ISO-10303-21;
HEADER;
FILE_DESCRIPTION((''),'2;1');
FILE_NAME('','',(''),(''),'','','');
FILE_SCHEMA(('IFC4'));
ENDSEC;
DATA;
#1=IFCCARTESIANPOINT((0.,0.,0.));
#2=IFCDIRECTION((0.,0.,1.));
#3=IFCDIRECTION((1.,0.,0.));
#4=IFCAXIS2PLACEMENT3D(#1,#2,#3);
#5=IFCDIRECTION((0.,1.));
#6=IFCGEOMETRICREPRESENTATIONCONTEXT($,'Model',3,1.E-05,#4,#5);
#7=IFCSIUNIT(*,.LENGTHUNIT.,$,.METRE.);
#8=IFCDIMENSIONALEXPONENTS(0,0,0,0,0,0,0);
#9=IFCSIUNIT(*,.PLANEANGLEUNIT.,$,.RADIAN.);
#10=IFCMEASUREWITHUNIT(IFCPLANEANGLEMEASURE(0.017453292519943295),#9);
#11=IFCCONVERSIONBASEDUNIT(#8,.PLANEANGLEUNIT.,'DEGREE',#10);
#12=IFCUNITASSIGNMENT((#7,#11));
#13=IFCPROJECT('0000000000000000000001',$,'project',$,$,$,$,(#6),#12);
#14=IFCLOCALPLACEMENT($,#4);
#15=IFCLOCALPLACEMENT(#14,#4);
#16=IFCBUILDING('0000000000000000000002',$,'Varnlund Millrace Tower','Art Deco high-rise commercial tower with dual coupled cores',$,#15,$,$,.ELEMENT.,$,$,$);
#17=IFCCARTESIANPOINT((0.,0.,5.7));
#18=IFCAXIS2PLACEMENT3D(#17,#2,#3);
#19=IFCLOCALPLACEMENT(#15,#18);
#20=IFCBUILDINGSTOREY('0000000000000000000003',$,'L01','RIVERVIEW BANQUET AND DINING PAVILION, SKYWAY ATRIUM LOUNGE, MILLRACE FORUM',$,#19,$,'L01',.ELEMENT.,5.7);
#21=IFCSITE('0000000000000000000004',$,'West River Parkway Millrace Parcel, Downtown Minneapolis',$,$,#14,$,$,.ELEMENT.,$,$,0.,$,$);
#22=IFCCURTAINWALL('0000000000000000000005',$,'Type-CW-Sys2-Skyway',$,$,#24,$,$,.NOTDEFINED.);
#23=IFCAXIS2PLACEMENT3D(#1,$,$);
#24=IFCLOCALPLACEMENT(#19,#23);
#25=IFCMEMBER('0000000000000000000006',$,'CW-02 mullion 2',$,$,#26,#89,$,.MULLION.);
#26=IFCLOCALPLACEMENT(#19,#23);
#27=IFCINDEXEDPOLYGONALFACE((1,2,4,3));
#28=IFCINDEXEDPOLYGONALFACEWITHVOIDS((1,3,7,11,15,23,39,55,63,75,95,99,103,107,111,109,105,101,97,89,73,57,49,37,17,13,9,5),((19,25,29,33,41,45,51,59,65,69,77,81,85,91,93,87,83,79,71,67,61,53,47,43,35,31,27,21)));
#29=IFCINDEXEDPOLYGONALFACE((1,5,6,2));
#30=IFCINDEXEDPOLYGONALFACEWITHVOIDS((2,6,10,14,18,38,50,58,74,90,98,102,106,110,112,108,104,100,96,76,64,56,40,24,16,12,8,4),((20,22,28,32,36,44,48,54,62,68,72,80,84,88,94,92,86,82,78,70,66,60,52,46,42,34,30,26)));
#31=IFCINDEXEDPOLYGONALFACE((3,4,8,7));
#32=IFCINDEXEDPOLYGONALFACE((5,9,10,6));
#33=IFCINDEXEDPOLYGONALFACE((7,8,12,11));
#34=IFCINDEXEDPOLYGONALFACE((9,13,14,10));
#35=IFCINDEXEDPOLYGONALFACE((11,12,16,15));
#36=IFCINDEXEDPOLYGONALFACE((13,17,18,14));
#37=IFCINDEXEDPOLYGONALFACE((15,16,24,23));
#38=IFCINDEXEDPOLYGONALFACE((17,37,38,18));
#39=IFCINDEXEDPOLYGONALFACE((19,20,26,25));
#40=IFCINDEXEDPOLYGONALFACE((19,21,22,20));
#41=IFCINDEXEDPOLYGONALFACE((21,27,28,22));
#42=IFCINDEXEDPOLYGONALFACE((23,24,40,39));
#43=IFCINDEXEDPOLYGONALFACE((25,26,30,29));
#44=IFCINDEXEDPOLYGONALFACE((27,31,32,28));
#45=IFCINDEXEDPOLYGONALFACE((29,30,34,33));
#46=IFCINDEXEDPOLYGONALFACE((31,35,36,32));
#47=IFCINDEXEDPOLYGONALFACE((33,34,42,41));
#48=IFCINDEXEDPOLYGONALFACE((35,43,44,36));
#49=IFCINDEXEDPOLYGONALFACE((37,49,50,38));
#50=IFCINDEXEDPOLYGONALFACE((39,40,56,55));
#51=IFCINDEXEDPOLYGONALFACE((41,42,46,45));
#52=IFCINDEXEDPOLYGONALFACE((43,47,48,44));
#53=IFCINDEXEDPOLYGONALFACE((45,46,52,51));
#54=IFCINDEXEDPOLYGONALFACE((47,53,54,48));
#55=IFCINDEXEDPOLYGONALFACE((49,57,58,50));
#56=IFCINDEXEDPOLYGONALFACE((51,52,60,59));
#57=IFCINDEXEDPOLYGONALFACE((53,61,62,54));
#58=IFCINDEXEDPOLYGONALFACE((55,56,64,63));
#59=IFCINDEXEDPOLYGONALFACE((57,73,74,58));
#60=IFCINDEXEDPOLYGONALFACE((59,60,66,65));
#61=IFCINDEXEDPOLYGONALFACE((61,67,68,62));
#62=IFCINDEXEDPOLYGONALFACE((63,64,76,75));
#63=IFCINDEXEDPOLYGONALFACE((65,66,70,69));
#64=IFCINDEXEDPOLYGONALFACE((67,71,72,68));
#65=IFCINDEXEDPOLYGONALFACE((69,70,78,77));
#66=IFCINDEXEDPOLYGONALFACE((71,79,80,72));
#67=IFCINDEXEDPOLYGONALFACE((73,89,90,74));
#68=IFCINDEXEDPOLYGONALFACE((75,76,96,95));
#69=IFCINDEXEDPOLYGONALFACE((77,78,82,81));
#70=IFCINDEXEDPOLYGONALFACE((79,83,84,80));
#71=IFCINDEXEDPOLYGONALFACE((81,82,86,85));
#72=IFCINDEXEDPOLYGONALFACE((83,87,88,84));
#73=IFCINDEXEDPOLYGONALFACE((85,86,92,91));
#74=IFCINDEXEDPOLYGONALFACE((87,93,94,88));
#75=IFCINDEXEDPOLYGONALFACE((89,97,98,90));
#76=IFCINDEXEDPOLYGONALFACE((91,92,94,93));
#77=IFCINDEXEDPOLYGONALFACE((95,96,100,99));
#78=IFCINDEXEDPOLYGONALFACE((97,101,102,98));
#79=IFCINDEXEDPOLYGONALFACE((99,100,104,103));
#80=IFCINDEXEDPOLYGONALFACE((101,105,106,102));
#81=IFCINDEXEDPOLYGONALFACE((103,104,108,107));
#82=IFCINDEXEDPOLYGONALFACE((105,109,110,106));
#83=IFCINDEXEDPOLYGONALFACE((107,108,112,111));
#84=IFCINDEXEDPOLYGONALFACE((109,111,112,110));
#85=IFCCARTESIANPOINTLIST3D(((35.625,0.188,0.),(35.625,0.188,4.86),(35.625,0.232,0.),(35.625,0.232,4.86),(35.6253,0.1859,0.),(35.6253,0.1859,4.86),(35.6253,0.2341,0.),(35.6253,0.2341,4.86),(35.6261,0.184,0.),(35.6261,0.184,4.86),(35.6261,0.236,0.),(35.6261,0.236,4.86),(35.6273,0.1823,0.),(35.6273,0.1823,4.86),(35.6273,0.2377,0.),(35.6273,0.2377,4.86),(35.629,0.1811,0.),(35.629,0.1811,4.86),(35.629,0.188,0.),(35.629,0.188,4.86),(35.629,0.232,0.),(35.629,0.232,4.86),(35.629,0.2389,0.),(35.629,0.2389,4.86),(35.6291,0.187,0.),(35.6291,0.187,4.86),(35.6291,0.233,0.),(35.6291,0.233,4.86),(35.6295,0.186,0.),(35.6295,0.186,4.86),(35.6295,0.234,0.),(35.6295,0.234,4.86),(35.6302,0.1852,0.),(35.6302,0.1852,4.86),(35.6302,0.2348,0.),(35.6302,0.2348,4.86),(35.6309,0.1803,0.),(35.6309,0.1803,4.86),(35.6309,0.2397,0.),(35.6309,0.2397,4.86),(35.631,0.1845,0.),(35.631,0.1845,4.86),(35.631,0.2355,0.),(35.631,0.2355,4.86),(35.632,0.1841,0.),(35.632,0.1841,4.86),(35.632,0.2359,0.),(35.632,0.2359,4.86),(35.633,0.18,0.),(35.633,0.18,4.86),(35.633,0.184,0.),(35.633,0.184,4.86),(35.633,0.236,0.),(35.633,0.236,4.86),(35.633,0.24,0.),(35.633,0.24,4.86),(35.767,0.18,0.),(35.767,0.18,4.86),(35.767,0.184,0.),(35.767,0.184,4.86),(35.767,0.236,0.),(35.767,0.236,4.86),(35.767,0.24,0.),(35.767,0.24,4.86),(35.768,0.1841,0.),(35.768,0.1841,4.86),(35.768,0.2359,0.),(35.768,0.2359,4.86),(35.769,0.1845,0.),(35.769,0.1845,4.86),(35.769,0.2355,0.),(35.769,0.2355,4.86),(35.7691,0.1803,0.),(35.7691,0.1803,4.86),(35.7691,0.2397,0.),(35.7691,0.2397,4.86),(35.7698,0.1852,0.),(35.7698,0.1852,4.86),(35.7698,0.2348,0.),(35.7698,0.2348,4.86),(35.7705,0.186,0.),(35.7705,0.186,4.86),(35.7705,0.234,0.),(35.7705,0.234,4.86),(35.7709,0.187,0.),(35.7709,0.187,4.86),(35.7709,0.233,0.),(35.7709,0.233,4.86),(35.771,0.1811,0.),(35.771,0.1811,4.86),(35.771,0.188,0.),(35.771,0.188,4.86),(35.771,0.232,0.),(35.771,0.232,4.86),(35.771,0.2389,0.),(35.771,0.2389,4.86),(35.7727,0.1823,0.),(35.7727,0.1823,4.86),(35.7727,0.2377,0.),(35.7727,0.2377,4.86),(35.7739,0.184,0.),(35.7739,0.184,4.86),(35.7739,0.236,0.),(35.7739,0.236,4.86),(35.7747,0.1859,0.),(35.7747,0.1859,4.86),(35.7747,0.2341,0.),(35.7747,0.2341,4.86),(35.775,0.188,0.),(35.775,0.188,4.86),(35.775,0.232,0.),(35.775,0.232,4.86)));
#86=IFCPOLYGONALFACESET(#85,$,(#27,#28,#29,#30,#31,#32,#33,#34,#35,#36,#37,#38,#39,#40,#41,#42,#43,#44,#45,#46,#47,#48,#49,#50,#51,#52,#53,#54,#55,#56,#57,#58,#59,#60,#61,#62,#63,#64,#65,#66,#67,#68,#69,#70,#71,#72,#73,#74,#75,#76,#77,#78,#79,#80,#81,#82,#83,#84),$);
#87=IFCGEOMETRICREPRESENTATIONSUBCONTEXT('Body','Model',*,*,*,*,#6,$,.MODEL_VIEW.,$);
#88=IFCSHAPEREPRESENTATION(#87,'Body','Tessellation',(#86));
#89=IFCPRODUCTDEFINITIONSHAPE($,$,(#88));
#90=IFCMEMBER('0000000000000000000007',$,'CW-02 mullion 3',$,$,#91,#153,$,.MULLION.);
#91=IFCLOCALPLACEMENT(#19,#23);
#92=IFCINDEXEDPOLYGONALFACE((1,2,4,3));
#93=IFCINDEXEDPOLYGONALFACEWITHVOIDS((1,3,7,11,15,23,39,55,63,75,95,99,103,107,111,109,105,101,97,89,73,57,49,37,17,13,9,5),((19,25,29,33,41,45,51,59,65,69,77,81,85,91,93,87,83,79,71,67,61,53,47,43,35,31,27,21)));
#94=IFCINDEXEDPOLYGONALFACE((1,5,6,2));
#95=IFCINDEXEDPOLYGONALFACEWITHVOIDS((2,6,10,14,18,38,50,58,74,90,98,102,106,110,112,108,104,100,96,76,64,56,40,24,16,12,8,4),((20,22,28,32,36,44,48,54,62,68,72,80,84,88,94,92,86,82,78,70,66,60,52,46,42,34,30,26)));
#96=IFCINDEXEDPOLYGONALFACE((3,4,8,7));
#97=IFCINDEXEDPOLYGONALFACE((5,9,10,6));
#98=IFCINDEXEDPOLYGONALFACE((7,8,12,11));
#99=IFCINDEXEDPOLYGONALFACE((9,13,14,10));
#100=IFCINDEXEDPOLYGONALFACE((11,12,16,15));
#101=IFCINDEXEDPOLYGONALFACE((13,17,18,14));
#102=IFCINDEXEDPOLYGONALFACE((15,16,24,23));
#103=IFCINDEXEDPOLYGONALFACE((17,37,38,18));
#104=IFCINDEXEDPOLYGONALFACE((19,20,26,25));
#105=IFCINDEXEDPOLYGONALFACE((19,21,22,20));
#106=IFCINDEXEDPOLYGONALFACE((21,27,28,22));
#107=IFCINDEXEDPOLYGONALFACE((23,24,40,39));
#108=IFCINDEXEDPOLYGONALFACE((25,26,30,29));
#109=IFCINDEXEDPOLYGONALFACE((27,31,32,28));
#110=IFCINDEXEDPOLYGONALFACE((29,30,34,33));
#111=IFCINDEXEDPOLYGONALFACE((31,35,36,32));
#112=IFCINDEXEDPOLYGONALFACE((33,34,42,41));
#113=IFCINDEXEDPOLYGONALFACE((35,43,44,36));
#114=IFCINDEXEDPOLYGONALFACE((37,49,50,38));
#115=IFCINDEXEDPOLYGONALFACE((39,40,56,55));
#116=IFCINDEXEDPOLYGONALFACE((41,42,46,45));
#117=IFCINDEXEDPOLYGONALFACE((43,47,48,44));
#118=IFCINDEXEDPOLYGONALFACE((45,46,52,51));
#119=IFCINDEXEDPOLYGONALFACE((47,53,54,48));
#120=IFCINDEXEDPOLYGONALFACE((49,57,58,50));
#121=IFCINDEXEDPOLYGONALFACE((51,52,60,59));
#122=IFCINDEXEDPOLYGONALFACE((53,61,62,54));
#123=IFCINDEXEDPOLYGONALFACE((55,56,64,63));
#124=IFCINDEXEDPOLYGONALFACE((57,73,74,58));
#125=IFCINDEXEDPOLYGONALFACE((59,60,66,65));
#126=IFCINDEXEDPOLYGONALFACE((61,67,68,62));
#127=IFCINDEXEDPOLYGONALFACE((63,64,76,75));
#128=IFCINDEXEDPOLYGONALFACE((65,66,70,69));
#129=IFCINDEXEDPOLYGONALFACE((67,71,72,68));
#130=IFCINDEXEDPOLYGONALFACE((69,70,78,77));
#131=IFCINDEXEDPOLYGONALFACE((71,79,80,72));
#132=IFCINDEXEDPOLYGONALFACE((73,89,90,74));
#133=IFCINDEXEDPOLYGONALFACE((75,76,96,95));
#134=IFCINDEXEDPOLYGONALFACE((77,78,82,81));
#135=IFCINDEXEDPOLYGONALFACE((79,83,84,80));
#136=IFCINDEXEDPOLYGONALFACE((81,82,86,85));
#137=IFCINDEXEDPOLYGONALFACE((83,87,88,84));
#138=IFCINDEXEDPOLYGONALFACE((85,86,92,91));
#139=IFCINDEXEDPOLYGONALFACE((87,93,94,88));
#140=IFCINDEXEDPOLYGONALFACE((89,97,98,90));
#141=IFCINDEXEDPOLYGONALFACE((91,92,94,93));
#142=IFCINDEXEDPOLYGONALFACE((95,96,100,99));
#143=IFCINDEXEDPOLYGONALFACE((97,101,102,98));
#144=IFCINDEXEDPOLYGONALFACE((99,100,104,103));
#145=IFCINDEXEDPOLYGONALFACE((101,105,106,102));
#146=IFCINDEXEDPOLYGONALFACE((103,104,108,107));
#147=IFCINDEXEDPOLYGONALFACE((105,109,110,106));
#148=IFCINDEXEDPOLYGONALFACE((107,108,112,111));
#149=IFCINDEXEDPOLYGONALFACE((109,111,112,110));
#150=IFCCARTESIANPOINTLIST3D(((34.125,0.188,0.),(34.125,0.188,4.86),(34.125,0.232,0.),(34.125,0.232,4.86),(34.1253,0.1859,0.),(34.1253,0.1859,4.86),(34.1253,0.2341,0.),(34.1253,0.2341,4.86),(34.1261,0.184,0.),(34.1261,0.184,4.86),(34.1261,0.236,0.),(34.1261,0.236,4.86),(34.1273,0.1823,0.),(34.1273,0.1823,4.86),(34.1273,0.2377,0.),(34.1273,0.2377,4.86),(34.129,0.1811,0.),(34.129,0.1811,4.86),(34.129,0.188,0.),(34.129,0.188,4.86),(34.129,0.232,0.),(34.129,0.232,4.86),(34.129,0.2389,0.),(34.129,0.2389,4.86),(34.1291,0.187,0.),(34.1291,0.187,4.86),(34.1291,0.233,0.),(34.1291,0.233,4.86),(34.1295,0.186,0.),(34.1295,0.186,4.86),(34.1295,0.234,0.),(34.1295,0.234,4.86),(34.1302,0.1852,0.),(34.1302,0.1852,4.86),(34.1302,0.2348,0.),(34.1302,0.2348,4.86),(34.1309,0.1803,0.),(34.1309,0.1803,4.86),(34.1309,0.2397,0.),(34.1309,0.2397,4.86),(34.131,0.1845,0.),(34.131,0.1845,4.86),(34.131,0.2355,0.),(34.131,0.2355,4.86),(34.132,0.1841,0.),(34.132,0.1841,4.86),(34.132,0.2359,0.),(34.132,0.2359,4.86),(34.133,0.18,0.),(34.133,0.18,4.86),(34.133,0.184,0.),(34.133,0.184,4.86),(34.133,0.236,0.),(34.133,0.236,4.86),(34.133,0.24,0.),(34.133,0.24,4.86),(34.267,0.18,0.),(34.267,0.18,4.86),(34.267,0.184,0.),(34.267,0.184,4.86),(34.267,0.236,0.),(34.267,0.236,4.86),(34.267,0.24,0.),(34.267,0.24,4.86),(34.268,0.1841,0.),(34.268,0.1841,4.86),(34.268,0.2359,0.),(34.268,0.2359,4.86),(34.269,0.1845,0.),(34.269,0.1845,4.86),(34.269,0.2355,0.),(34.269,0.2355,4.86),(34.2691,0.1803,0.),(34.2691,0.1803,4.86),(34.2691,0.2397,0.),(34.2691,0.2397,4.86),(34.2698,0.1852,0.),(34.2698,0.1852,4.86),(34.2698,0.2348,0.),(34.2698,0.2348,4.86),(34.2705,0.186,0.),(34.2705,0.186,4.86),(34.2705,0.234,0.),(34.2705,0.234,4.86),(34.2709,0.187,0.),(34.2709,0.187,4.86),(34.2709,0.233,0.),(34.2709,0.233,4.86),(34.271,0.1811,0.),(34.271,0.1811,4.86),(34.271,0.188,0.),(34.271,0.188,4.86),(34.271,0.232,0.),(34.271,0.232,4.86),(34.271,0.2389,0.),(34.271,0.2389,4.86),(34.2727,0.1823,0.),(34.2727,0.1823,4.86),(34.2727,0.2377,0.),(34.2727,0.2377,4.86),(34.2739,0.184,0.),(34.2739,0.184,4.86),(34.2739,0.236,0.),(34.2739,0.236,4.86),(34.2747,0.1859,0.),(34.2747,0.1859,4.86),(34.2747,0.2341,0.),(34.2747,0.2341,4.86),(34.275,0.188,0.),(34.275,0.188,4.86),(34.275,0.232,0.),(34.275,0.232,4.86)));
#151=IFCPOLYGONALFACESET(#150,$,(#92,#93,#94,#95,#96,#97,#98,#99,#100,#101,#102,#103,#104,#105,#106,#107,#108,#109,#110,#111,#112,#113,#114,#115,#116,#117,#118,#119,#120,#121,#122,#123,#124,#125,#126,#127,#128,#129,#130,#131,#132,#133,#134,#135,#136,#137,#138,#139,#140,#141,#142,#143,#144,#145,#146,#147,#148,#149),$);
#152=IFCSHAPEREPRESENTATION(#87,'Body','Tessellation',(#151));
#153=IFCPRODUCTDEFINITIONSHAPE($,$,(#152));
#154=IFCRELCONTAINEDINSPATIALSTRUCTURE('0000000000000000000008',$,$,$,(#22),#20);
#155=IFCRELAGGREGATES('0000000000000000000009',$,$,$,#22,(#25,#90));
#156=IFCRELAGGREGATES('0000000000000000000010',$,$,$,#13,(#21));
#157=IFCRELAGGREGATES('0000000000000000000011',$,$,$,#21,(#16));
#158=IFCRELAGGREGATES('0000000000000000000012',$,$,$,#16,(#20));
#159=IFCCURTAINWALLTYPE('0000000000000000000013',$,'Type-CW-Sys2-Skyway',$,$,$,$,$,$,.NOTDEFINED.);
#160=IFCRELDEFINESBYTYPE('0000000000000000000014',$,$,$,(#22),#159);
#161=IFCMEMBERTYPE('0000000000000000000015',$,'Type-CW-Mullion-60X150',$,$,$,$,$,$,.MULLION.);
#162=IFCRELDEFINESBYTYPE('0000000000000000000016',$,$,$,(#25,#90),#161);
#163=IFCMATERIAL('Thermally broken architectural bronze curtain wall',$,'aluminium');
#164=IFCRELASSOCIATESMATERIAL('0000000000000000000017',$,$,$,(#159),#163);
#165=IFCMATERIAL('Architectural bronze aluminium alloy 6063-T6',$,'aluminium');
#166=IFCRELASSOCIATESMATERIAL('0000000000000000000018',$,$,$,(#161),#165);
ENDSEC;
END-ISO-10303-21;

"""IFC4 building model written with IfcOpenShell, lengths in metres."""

from ifc_helpers import new_model, entity, si_unit, converted_unit, direction, frame, origin_with_axes, origin_2d_with_axis, place, context, subcontext, project, spatial, hollow_rectangle, extrude, material, material_profile, profile_set, type_object, element, aggregate, save


model = new_model("IFC4")

# Units and contexts
model_context = context("Model", 3, precision=1e-05, world=origin_with_axes(), true_north=direction((0.0, 1.0)))
body_context = subcontext(model_context, "Body", "Model", "MODEL_VIEW")
ifc_project = project(units=[si_unit("LENGTHUNIT", "METRE"), converted_unit("PLANEANGLEUNIT", "DEGREE", entity("IfcPlaneAngleMeasure", 0.017453292519943295), si_unit("PLANEANGLEUNIT", "RADIAN"), dimensions=[0, 0, 0, 0, 0, 0, 0])], contexts=[model_context])

# Site, building, storey
site_placement = place(None, origin_with_axes())
site = spatial("IfcSite", under=ifc_project, at=site_placement, Name="West River Parkway Millrace Parcel, Downtown Minneapolis", CompositionType="ELEMENT", RefElevation=0.0)
building_placement = place(site_placement, origin_with_axes())
building = spatial("IfcBuilding", under=site, at=building_placement, Name="Varnlund Millrace Tower", Description="Art Deco high-rise commercial tower with dual coupled cores", CompositionType="ELEMENT")
storey_placement = place(building_placement, frame((0.0, 0.0, 5.7), z_axis=(0.0, 0.0, 1.0), x_axis=(1.0, 0.0, 0.0)))
storey = spatial("IfcBuildingStorey", under=building, at=storey_placement, Name="L01", Description="RIVERVIEW BANQUET AND DINING PAVILION, SKYWAY ATRIUM LOUNGE, MILLRACE FORUM", LongName="L01", CompositionType="ELEMENT", Elevation=5.7)

# Curtain wall, members
ifc_material_1 = material(Name="Thermally broken architectural bronze curtain wall", Category="aluminium")
curtain_wall_type = type_object("IfcCurtainWallType", Name="Type-CW-Sys2-Skyway", PredefinedType="NOTDEFINED", material=ifc_material_1)
curtain_wall_placement = place(storey_placement, frame((37.2, 0.21, 0.0), z_axis=(0.0, 0.0, 1.0), x_axis=(1.0, 0.0, 0.0)))
curtain_wall = element("IfcCurtainWall", 1, at=curtain_wall_placement, inside=storey, type_object=curtain_wall_type, Name="Type-CW-Sys2-Skyway", PredefinedType="NOTDEFINED")
ifc_material_2 = material(Name="Architectural bronze aluminium alloy 6063-T6", Category="aluminium")
ifc_material_profile_1 = material_profile(ifc_material_2, hollow_rectangle(XDim=0.06, YDim=0.15, WallThickness=0.004, InnerFilletRadius=0.004, OuterFilletRadius=0.008, at=origin_2d_with_axis()), Name="Architectural bronze aluminium alloy 6063-T6")
ifc_profile_set_1 = profile_set([ifc_material_profile_1], Name="Architectural bronze aluminium alloy 6063-T6")
member_type_1 = type_object("IfcMemberType", Name="Type-CW-Mullion-60X150", PredefinedType="MULLION", material=ifc_profile_set_1)
member_1_placement = place(storey_placement, frame((35.7, 0.21, 0.0), z_axis=(0.0, 0.0, 1.0), x_axis=(0.0, -1.0, 0.0)))
member_1 = element("IfcMember", 2, at=member_1_placement, type_object=member_type_1, Name="CW-02 mullion 2", PredefinedType="MULLION", context=body_context, shape_type="SweptSolid", body=[
    extrude(hollow_rectangle(XDim=0.06, YDim=0.15, WallThickness=0.004, InnerFilletRadius=0.004, OuterFilletRadius=0.008, at=origin_2d_with_axis()), origin_with_axes(), (0.0, 0.0, 1.0), 4.86),
])
member_2_placement = place(storey_placement, frame((34.2, 0.21, 0.0), z_axis=(0.0, 0.0, 1.0), x_axis=(0.0, -1.0, 0.0)))
member_2 = element("IfcMember", 3, at=member_2_placement, type_object=member_type_1, Name="CW-02 mullion 3", PredefinedType="MULLION", context=body_context, shape_type="SweptSolid", body=[
    extrude(hollow_rectangle(XDim=0.06, YDim=0.15, WallThickness=0.004, InnerFilletRadius=0.004, OuterFilletRadius=0.008, at=origin_2d_with_axis()), origin_with_axes(), (0.0, 0.0, 1.0), 4.86),
])
aggregate(curtain_wall, [member_1, member_2])

save(model, "model.ifc")
